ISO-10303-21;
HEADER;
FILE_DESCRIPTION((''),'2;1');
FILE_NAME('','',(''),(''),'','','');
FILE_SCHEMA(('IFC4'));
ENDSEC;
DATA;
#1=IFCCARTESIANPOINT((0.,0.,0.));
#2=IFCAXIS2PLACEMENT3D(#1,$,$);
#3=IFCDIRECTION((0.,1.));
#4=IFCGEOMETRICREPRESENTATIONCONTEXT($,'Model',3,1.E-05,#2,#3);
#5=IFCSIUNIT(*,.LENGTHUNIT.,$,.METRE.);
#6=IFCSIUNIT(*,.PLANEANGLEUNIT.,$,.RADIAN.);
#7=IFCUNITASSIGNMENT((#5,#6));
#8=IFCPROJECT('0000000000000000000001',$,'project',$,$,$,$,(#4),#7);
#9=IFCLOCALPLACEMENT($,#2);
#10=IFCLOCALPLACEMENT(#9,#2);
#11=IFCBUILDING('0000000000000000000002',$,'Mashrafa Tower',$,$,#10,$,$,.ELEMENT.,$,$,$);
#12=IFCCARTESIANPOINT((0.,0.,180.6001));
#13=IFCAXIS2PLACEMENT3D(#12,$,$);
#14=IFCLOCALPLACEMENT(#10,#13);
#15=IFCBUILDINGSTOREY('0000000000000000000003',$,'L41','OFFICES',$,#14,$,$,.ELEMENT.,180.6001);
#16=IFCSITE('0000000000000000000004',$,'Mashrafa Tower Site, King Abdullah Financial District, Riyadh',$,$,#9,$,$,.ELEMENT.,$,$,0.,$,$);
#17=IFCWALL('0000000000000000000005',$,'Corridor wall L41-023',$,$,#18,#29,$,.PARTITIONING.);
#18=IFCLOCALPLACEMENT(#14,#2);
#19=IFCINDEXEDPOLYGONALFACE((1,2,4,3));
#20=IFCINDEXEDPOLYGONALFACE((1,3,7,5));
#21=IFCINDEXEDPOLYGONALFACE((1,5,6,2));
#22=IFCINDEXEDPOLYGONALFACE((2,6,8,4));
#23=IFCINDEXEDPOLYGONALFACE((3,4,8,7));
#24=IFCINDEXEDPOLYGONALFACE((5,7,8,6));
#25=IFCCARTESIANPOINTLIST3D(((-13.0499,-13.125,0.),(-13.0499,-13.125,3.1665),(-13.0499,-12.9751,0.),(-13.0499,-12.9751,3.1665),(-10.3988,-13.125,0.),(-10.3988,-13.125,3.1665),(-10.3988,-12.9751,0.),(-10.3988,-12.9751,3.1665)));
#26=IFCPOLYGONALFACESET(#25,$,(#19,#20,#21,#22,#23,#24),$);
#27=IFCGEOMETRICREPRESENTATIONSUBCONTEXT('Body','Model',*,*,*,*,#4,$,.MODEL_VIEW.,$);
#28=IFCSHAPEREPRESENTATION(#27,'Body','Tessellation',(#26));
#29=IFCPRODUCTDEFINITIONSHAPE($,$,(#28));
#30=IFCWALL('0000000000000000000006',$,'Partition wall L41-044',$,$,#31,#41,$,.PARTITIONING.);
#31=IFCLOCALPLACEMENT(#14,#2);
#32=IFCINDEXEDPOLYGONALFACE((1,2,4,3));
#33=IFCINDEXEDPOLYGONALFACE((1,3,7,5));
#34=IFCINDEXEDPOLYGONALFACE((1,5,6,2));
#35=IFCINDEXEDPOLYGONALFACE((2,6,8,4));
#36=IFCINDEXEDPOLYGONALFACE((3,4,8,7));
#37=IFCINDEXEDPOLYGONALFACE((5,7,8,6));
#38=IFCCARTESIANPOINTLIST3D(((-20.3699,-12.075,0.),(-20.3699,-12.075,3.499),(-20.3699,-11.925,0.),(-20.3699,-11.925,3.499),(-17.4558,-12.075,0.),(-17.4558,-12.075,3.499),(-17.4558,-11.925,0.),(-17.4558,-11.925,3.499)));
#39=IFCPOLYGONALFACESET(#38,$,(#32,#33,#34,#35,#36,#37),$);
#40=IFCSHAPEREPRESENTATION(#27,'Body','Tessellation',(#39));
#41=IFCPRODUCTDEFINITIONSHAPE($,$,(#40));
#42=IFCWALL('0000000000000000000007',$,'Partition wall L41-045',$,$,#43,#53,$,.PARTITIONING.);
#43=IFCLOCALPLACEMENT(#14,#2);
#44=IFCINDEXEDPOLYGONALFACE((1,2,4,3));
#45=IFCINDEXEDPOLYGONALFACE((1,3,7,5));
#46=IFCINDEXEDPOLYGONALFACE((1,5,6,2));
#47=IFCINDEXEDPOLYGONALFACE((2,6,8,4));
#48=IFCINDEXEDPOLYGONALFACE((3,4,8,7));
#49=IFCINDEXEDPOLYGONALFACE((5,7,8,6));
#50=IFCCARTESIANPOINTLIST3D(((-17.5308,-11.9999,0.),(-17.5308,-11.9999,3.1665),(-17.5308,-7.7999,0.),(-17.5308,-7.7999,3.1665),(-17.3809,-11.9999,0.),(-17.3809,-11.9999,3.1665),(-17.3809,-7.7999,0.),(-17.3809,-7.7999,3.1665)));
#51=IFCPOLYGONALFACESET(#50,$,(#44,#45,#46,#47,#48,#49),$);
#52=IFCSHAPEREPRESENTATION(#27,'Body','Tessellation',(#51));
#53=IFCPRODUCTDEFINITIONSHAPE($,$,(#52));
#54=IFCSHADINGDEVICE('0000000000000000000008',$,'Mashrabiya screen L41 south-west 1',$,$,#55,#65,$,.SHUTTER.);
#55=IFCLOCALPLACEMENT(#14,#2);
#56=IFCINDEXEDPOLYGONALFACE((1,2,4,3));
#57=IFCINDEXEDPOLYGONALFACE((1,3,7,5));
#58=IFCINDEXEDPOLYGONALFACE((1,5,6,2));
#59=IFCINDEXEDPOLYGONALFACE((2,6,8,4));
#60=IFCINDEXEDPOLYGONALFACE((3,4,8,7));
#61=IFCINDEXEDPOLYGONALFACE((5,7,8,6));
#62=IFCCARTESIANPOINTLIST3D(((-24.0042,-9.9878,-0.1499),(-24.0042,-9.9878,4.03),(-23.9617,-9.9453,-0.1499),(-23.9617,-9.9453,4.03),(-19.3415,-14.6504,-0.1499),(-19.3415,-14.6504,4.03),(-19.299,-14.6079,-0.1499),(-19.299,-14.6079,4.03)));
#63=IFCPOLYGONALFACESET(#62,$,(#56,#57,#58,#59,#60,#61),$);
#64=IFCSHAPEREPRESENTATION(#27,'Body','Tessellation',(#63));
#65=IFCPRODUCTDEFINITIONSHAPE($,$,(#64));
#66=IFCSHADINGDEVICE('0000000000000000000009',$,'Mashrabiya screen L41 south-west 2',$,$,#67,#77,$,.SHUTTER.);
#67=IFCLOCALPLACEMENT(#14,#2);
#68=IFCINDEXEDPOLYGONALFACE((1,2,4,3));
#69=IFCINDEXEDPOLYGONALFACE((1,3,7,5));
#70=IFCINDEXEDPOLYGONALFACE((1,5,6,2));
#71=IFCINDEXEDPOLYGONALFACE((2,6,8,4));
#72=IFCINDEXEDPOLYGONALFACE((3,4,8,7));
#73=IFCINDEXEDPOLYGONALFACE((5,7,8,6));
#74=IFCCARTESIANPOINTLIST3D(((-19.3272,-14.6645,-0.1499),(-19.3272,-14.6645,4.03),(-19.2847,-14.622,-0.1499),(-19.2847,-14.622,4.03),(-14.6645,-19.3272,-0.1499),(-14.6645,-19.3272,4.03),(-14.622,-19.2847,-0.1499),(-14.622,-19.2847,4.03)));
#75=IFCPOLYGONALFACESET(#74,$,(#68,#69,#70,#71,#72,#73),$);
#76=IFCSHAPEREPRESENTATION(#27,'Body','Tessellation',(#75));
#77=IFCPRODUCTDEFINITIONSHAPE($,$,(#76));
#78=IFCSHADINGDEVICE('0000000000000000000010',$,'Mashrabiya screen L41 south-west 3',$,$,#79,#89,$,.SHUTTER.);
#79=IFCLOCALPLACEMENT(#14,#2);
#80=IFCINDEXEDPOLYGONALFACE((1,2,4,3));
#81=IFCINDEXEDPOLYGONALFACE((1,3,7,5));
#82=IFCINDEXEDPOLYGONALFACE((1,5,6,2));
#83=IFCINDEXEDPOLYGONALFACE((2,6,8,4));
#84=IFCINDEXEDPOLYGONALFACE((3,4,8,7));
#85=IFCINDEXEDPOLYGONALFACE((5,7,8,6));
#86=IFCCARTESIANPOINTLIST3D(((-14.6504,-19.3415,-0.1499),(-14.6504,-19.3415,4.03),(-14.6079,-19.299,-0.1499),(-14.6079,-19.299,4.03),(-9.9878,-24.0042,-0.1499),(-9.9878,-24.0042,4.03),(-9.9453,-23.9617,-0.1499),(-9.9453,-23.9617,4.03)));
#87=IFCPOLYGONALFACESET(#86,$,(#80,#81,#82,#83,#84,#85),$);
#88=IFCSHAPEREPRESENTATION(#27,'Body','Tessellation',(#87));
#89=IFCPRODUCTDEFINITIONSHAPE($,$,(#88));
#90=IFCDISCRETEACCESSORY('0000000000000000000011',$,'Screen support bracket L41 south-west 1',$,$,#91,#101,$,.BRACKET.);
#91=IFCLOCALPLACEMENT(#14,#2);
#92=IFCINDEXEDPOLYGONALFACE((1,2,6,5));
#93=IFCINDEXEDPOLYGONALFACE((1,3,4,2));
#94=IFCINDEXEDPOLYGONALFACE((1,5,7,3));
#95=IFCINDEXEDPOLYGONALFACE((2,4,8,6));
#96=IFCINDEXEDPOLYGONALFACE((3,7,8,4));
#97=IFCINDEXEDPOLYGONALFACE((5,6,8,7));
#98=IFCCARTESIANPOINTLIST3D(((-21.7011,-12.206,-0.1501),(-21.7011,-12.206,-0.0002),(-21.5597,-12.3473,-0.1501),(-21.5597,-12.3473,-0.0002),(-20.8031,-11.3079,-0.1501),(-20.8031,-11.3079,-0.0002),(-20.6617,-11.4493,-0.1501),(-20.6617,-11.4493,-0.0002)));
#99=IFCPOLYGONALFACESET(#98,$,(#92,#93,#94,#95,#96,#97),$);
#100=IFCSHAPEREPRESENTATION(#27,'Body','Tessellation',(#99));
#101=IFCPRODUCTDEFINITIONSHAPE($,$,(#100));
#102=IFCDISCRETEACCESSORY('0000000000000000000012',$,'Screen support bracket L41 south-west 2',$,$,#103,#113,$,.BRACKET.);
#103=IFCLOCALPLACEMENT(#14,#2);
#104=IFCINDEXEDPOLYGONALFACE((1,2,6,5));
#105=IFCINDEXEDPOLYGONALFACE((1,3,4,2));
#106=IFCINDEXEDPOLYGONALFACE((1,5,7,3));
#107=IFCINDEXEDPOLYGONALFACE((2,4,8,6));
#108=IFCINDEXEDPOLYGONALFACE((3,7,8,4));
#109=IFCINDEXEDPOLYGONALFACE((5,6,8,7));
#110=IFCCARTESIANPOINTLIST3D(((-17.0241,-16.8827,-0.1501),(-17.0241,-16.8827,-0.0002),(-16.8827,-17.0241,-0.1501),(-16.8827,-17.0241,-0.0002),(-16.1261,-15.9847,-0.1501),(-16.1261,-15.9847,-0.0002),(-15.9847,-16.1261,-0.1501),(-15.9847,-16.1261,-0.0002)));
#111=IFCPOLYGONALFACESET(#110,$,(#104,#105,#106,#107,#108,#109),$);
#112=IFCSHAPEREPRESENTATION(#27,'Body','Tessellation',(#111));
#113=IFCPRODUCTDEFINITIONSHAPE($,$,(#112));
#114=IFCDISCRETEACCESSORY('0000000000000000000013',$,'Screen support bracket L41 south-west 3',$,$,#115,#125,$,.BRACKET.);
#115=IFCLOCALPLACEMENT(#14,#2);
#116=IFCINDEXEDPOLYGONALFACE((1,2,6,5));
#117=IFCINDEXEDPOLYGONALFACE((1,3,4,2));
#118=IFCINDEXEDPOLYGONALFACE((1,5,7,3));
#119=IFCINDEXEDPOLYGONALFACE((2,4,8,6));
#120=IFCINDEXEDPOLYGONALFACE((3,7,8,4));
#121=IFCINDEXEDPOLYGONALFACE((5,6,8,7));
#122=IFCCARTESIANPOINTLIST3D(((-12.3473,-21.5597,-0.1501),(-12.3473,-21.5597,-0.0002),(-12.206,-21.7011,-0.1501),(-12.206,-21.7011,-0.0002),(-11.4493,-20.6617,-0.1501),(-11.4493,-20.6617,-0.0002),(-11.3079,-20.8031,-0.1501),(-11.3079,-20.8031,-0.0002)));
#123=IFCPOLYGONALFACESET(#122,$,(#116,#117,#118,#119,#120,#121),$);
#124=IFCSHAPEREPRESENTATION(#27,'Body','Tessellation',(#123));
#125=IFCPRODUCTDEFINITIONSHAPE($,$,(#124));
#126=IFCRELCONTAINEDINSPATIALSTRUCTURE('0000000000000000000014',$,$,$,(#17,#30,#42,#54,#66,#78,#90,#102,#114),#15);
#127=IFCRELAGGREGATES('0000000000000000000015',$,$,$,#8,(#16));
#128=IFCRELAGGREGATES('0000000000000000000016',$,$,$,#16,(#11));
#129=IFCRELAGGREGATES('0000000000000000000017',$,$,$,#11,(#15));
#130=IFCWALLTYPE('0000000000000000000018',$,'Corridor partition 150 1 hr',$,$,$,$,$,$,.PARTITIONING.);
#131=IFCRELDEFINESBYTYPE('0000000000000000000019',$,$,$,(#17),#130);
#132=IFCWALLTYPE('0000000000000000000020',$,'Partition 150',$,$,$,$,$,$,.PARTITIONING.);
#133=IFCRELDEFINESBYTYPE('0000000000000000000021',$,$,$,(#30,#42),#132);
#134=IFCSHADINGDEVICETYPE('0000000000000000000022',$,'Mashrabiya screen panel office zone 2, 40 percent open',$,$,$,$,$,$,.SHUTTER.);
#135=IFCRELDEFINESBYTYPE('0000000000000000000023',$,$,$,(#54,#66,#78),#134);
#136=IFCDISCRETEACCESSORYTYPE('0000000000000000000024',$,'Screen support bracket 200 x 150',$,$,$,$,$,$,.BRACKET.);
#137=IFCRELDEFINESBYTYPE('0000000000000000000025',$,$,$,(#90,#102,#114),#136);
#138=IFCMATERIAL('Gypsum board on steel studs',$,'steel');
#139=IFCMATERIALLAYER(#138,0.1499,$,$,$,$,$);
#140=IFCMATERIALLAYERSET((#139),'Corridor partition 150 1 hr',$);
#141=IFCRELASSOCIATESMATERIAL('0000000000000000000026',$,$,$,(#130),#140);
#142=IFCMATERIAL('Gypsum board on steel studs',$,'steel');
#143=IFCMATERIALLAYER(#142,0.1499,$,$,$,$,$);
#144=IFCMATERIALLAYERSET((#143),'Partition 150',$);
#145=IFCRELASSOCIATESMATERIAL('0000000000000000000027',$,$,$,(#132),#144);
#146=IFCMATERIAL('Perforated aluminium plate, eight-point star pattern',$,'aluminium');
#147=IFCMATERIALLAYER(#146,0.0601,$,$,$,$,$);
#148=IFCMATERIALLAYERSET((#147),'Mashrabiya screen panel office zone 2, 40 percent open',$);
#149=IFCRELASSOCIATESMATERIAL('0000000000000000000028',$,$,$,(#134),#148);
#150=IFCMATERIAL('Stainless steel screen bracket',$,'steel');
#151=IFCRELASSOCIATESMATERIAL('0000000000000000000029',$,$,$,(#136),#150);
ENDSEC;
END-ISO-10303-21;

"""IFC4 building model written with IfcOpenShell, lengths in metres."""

from ifc_helpers import new_model, si_unit, direction, frame, frame_2d, origin, origin_2d, place, context, subcontext, project, spatial, rectangle, extrude, source, transform, mapped, material, layer, layer_set, type_object, type_shapes, element, save


model = new_model("IFC4")

# Units and contexts
model_context = context("Model", 3, precision=1e-05, world=origin(), true_north=direction((0.0, 1.0)))
body_context = subcontext(model_context, "Body", "Model", "MODEL_VIEW")
ifc_project = project(units=[si_unit("LENGTHUNIT", "METRE"), si_unit("PLANEANGLEUNIT", "RADIAN")], contexts=[model_context])

# Site, building, storey
site_placement = place(None, origin())
site = spatial("IfcSite", under=ifc_project, at=site_placement, Name="Mashrafa Tower Site, King Abdullah Financial District, Riyadh", CompositionType="ELEMENT", RefElevation=0.0)
building_placement = place(site_placement, origin())
building = spatial("IfcBuilding", under=site, at=building_placement, Name="Mashrafa Tower", CompositionType="ELEMENT")
storey_placement = place(building_placement, frame((0.0, 0.0, 180.6001)))
storey = spatial("IfcBuildingStorey", under=building, at=storey_placement, Name="L41", Description="OFFICES", CompositionType="ELEMENT", Elevation=180.6001)

# Walls
ifc_material_1 = material(Name="Gypsum board on steel studs", Category="steel")
ifc_layer_1 = layer(ifc_material_1, 0.1499)
ifc_layer_set_1 = layer_set([ifc_layer_1], Name="Corridor partition 150 1 hr")
wall_type_1 = type_object("IfcWallType", Name="Corridor partition 150 1 hr", PredefinedType="PARTITIONING", material=ifc_layer_set_1)
wall_1_placement = place(storey_placement, frame((-13.05, -13.05, 0.0), z_axis=(0.0, 0.0, 1.0), x_axis=(1.0, 0.0, 0.0)))
element("IfcWall", 1, at=wall_1_placement, inside=storey, type_object=wall_type_1, Name="Corridor wall L41-023", PredefinedType="PARTITIONING", context=body_context, shape_type="SweptSolid", body=[
    extrude(rectangle(XDim=2.6511, YDim=0.1499, at=frame_2d((1.3257, 0.0))), origin(), (0.0, 0.0, 1.0), 3.1665),
])
ifc_material_2 = material(Name="Gypsum board on steel studs", Category="steel")
ifc_layer_2 = layer(ifc_material_2, 0.1499)
ifc_layer_set_2 = layer_set([ifc_layer_2], Name="Partition 150")
wall_type_2 = type_object("IfcWallType", Name="Partition 150", PredefinedType="PARTITIONING", material=ifc_layer_set_2)
wall_2_placement = place(storey_placement, frame((-20.3699, -12.0, 0.0), z_axis=(0.0, 0.0, 1.0), x_axis=(1.0, 0.0, 0.0)))
element("IfcWall", 2, at=wall_2_placement, inside=storey, type_object=wall_type_2, Name="Partition wall L41-044", PredefinedType="PARTITIONING", context=body_context, shape_type="SweptSolid", body=[
    extrude(rectangle(XDim=2.9141, YDim=0.1499, at=frame_2d((1.457, 0.0))), origin(), (0.0, 0.0, 1.0), 3.499),
])
wall_3_placement = place(storey_placement, frame((-17.4558, -12.0, 0.0), z_axis=(0.0, 0.0, 1.0), x_axis=(0.0, 1.0, 0.0)))
element("IfcWall", 3, at=wall_3_placement, inside=storey, type_object=wall_type_2, Name="Partition wall L41-045", PredefinedType="PARTITIONING", context=body_context, shape_type="SweptSolid", body=[
    extrude(rectangle(XDim=4.2, YDim=0.1499, at=frame_2d((2.1001, 0.0))), origin(), (0.0, 0.0, 1.0), 3.1665),
])

# Shading devices
ifc_material_3 = material(Name="Perforated aluminium plate, eight-point star pattern", Category="aluminium")
ifc_layer_3 = layer(ifc_material_3, 0.0601)
ifc_layer_set_3 = layer_set([ifc_layer_3], Name="Mashrabiya screen panel office zone 2, 40 percent open")
shading_device_type = type_object("IfcShadingDeviceType", Name="Mashrabiya screen panel office zone 2, 40 percent open", PredefinedType="SHUTTER", material=ifc_layer_set_3)
shared_shape_1 = source(origin(), body_context, "Body", "SweptSolid", [
    extrude(rectangle(XDim=6.594, YDim=0.0601, at=origin_2d()), origin(), (0.0, 0.0, 1.0), 4.1799),
])
type_shapes(shading_device_type, [shared_shape_1])
for number, where, z_axis, x_axis, name in (
    (4, (-21.6516, -12.2979, -0.1499), (0.0, 0.0, 1.0), (0.707107, -0.707107, 0.0), "Mashrabiya screen L41 south-west 1"),
    (5, (-16.9746, -16.9746, -0.1499), (0.0, 0.0, 1.0), (0.707107, -0.707107, 0.0), "Mashrabiya screen L41 south-west 2"),
    (6, (-12.2979, -21.6516, -0.1499), (0.0, 0.0, 1.0), (0.707107, -0.707107, 0.0), "Mashrabiya screen L41 south-west 3"),
):
    element("IfcShadingDevice", number, at=place(storey_placement, frame(where, z_axis=z_axis, x_axis=x_axis)), inside=storey, type_object=shading_device_type, Name=name, PredefinedType="SHUTTER", context=body_context, shape_type="MappedRepresentation", body=[
        mapped(shared_shape_1, transform((0.0, 0.0, 0.0))),
    ])

# Discrete accessories
ifc_material_4 = material(Name="Stainless steel screen bracket", Category="steel")
discrete_accessory_type = type_object("IfcDiscreteAccessoryType", Name="Screen support bracket 200 x 150", PredefinedType="BRACKET", material=ifc_material_4)
shared_shape_2 = source(origin(), body_context, "Body", "SweptSolid", [
    extrude(rectangle(XDim=0.2, YDim=1.27, at=origin_2d()), origin(), (0.0, 0.0, 1.0), 0.1499),
])
type_shapes(discrete_accessory_type, [shared_shape_2])
for number, where, z_axis, x_axis, name in (
    (7, (-21.1814, -11.8276, -0.1501), (0.0, 0.0, 1.0), (0.707107, -0.707107, 0.0), "Screen support bracket L41 south-west 1"),
    (8, (-16.5044, -16.5044, -0.1501), (0.0, 0.0, 1.0), (0.707107, -0.707107, 0.0), "Screen support bracket L41 south-west 2"),
    (9, (-11.8276, -21.1814, -0.1501), (0.0, 0.0, 1.0), (0.707107, -0.707107, 0.0), "Screen support bracket L41 south-west 3"),
):
    element("IfcDiscreteAccessory", number, at=place(storey_placement, frame(where, z_axis=z_axis, x_axis=x_axis)), inside=storey, type_object=discrete_accessory_type, Name=name, PredefinedType="BRACKET", context=body_context, shape_type="MappedRepresentation", body=[
        mapped(shared_shape_2, transform((0.0, 0.0, 0.0))),
    ])

save(model, "model.ifc")
